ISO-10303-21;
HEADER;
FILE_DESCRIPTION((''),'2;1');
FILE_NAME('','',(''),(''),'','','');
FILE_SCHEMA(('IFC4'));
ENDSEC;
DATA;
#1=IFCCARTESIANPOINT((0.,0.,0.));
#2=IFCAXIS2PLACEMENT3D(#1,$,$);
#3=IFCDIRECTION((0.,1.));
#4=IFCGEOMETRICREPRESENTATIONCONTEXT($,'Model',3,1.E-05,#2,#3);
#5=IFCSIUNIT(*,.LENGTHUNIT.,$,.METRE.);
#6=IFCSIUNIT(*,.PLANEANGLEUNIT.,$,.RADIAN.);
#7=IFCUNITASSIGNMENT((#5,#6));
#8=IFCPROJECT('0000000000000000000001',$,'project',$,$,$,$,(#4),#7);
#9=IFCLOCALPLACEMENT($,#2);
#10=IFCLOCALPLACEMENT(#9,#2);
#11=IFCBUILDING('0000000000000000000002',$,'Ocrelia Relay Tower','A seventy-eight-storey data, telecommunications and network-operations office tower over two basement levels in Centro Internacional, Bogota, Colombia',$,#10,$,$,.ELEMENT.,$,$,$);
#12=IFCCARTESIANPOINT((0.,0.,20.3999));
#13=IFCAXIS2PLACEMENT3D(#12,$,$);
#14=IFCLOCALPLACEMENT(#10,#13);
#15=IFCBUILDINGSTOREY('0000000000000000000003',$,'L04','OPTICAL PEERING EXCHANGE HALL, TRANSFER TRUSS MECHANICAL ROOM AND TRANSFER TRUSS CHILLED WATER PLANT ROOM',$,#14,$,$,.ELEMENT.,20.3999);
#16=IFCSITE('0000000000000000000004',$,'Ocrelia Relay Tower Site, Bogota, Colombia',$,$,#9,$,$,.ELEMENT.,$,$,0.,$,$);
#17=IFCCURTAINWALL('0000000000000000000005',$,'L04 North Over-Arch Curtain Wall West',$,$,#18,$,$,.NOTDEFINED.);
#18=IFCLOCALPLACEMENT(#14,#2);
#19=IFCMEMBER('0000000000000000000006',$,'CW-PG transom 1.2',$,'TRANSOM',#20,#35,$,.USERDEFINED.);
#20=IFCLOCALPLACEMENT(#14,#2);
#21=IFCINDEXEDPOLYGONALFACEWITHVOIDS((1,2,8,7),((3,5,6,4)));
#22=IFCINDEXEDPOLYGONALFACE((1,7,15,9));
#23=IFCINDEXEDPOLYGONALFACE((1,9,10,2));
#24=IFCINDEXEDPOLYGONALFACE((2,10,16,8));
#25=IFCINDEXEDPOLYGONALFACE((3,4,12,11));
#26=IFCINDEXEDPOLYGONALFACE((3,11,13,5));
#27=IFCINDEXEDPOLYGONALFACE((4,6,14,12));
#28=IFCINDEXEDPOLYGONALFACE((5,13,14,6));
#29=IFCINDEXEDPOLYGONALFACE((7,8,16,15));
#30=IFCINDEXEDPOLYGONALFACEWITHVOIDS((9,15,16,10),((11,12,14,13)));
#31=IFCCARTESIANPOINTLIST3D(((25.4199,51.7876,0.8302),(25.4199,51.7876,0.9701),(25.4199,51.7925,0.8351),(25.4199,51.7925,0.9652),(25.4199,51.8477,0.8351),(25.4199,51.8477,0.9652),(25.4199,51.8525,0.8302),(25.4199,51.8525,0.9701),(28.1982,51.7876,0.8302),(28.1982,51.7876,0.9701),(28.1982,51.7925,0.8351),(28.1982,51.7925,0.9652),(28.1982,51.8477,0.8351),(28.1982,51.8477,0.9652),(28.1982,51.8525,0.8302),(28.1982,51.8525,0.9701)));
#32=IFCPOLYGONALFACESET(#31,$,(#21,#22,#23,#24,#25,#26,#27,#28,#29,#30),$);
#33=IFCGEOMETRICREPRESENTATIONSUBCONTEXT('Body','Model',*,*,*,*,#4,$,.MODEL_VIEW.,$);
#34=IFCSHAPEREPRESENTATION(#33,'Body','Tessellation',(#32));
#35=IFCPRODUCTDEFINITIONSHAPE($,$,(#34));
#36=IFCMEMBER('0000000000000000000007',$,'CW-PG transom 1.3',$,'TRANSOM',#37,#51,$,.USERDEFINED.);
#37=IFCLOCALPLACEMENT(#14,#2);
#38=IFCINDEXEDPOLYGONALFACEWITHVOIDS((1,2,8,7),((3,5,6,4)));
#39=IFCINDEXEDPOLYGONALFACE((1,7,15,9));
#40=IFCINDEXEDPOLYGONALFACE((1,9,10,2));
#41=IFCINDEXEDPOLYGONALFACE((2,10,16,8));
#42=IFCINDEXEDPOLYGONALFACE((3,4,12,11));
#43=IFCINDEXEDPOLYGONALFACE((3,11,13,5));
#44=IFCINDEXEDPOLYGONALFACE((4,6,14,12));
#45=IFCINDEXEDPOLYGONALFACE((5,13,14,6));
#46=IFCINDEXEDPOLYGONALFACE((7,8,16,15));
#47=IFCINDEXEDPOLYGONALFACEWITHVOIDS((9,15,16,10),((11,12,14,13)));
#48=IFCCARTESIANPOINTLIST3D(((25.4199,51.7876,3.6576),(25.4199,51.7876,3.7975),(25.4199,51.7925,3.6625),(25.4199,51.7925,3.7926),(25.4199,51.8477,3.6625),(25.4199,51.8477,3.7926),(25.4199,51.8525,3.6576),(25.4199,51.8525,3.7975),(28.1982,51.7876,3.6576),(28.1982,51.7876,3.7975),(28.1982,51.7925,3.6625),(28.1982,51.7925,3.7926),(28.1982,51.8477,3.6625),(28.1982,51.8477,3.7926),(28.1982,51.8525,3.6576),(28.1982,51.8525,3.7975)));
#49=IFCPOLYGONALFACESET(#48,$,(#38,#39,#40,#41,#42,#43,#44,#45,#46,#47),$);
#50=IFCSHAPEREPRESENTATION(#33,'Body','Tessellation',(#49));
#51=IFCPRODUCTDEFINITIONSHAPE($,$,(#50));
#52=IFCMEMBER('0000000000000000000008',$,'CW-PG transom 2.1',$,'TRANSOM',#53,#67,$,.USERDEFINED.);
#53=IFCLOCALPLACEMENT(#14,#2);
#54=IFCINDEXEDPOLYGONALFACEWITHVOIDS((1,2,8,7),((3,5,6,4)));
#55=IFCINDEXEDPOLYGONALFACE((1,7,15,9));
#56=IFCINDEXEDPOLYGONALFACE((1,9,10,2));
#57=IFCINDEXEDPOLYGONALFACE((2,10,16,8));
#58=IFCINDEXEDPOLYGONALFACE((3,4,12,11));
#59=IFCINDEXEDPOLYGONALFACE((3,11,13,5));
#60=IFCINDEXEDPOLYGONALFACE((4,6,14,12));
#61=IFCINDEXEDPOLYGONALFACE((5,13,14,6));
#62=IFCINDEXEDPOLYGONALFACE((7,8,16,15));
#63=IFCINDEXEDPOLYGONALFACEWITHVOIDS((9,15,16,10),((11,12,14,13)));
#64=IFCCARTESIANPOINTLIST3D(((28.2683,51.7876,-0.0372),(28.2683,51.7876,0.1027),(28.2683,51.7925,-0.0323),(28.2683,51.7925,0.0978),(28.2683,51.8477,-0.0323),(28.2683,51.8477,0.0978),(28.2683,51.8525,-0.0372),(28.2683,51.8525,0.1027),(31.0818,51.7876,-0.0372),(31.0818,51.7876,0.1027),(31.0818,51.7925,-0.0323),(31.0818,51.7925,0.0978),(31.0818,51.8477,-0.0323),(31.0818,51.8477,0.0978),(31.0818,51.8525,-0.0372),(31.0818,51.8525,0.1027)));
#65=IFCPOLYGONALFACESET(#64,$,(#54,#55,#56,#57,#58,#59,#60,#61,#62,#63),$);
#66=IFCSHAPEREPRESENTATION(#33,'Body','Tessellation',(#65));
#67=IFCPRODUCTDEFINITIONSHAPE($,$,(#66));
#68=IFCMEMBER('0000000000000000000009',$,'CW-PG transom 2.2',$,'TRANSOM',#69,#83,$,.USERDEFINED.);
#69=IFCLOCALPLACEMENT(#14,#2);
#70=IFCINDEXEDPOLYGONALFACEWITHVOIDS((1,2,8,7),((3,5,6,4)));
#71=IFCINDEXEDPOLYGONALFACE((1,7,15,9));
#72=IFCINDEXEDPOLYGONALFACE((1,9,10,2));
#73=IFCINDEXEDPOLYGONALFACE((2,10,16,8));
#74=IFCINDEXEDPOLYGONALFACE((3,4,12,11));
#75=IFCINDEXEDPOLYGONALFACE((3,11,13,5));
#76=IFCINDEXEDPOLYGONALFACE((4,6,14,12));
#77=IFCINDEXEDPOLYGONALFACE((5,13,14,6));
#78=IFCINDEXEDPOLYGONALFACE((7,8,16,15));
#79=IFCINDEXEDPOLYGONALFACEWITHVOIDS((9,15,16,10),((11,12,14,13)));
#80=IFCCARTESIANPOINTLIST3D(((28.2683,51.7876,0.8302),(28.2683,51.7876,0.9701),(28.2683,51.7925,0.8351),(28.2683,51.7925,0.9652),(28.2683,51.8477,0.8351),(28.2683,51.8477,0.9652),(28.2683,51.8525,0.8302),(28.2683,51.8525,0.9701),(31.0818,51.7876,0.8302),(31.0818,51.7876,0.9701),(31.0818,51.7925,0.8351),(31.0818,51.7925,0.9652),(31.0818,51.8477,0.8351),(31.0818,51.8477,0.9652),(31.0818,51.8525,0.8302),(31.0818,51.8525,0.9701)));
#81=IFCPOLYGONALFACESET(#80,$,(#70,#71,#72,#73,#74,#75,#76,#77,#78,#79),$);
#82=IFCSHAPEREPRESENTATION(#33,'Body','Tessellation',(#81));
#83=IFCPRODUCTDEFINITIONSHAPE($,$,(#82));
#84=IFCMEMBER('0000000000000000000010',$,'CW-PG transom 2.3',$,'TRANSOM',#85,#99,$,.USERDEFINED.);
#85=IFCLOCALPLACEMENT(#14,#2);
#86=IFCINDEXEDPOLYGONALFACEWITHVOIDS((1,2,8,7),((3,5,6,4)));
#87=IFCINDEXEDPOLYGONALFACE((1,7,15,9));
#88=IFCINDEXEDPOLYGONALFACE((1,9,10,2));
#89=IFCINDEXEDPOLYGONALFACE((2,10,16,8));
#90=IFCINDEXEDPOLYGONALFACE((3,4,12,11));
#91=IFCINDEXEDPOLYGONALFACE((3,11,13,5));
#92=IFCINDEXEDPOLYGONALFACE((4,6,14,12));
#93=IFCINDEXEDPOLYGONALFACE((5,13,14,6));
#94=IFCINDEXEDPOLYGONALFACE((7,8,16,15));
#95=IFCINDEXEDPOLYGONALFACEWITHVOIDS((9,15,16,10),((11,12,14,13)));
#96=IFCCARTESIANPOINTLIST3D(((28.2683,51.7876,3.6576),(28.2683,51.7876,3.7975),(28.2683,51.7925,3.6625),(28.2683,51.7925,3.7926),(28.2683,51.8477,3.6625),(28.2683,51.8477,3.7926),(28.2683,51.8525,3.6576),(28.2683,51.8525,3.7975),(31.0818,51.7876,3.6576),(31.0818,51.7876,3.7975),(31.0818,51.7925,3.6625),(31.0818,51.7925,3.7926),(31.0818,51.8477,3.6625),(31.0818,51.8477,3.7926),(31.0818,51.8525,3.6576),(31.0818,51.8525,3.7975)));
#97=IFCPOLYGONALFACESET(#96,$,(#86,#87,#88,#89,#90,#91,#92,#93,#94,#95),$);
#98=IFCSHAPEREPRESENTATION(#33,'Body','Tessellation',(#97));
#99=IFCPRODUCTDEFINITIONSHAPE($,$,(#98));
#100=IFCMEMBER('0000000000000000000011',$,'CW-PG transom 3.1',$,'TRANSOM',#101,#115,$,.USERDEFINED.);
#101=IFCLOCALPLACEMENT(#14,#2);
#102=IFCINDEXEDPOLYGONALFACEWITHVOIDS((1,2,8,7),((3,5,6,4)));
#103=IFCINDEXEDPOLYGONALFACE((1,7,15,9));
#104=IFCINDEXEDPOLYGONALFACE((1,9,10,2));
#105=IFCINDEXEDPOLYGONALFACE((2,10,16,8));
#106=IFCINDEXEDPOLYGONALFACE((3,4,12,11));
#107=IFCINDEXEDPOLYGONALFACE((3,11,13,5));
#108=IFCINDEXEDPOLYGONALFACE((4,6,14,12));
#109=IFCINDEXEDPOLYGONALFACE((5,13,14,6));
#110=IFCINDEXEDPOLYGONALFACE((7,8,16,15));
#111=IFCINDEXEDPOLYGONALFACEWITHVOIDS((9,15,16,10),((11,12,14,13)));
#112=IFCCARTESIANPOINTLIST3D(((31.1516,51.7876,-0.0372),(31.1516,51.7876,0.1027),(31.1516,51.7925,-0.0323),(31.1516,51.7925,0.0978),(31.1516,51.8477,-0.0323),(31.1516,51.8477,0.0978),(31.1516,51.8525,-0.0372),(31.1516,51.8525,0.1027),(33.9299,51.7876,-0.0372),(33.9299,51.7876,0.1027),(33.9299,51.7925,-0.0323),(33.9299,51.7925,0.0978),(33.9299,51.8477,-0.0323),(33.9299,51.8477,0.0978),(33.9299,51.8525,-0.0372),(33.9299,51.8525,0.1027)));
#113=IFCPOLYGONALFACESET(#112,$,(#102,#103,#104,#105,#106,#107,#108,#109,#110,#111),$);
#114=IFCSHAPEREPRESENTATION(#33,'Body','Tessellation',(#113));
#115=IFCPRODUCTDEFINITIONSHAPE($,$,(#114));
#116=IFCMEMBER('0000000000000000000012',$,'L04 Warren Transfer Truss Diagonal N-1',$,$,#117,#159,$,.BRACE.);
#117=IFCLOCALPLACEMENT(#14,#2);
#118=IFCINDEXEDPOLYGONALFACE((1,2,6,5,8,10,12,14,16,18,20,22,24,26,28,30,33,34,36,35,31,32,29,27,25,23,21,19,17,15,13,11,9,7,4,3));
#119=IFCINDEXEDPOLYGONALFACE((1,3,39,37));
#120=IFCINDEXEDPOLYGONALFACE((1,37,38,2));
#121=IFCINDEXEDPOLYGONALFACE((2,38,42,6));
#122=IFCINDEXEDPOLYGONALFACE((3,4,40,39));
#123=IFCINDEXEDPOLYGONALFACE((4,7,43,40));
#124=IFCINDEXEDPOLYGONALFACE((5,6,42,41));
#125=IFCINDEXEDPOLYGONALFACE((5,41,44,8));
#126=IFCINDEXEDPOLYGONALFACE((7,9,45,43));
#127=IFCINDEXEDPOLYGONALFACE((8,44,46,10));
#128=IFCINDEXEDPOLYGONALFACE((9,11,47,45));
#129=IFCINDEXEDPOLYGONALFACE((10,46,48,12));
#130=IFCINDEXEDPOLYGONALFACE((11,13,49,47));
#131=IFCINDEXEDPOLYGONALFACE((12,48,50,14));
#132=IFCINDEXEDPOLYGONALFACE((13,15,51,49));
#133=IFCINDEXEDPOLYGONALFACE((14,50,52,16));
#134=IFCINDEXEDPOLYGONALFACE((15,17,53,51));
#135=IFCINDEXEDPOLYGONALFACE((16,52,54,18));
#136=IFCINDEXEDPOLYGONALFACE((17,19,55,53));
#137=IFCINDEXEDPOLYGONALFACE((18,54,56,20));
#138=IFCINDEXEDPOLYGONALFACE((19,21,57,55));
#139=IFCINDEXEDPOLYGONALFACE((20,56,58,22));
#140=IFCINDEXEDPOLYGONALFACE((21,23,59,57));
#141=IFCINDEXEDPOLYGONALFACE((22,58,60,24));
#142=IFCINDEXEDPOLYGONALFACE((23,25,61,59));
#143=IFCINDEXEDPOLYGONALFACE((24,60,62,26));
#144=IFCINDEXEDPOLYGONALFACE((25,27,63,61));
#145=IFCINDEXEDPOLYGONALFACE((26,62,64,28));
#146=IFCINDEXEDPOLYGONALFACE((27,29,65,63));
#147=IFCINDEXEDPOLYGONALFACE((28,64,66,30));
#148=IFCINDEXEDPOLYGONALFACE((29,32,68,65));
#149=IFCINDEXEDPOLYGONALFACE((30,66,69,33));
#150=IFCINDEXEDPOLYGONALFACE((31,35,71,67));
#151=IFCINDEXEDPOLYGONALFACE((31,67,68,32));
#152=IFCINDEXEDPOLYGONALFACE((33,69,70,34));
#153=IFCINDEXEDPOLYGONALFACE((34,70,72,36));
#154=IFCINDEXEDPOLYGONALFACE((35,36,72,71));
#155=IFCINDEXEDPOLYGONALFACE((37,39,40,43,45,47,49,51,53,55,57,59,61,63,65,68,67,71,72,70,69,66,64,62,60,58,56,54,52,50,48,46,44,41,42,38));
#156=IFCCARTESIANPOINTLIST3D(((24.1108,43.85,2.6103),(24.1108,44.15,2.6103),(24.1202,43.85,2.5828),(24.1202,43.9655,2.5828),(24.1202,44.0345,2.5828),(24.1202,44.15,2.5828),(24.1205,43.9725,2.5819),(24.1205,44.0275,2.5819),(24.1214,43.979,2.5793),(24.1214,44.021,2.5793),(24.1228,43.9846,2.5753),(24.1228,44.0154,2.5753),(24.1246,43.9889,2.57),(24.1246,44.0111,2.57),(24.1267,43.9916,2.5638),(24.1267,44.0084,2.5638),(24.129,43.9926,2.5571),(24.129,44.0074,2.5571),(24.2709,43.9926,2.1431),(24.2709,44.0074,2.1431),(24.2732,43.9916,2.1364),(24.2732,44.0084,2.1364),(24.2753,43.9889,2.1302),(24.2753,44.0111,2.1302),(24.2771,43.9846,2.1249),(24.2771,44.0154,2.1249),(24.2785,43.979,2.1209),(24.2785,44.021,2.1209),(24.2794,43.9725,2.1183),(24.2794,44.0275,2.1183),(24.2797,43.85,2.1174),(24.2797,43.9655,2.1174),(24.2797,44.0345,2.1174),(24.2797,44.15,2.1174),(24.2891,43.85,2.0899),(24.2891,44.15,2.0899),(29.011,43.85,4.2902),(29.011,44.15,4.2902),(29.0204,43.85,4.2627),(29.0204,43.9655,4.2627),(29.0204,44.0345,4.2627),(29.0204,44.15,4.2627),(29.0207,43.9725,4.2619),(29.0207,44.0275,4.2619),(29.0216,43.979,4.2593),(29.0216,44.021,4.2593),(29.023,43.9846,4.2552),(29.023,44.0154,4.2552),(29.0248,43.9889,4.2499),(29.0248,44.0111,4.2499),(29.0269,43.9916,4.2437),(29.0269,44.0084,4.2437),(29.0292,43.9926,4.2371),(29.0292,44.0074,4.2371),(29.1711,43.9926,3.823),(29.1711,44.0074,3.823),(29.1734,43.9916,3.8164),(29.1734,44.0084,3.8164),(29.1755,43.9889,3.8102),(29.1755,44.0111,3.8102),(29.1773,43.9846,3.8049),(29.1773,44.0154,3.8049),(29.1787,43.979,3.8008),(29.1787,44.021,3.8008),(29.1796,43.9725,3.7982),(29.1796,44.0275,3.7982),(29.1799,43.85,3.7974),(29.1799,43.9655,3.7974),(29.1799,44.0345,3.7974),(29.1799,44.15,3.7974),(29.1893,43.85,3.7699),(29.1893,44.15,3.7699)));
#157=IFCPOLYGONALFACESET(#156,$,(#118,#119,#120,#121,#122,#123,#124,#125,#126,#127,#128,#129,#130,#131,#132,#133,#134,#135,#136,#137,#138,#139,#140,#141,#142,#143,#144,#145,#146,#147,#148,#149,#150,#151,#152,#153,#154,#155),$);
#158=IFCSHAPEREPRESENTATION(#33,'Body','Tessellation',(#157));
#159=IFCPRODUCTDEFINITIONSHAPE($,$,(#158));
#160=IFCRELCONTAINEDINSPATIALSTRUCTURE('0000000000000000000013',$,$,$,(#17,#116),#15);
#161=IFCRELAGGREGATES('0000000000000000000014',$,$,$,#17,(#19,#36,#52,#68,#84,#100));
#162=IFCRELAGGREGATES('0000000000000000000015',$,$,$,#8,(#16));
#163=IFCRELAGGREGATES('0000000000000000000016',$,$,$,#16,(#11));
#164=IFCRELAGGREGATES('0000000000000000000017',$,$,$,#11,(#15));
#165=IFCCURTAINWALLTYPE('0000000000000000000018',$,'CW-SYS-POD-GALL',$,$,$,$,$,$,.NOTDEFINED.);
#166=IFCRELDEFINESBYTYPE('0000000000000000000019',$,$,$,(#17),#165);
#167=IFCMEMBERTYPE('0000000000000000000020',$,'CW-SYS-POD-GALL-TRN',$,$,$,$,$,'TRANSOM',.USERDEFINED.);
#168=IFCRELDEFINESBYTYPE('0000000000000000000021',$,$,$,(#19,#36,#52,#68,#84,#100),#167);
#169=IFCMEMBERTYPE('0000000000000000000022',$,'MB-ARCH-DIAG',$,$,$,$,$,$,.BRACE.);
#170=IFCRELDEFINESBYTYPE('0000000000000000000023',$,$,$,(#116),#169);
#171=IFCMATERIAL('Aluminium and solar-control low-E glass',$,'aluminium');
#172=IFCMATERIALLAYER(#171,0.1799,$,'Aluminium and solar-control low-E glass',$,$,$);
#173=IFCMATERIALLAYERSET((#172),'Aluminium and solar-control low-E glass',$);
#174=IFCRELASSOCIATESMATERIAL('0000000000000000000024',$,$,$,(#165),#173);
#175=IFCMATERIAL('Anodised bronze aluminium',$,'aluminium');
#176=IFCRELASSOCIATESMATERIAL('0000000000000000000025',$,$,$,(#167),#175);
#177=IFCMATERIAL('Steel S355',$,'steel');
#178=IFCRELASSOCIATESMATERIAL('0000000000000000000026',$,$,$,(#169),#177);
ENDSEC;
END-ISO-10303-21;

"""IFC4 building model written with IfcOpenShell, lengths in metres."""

from ifc_helpers import new_model, si_unit, direction, frame, origin, origin_2d, place, context, subcontext, project, spatial, hollow_rectangle, i_section, extrude, material, layer, layer_set, material_profile, profile_set, type_object, element, aggregate, save


model = new_model("IFC4")

# Units and contexts
model_context = context("Model", 3, precision=1e-05, world=origin(), true_north=direction((0.0, 1.0)))
body_context = subcontext(model_context, "Body", "Model", "MODEL_VIEW")
ifc_project = project(units=[si_unit("LENGTHUNIT", "METRE"), si_unit("PLANEANGLEUNIT", "RADIAN")], contexts=[model_context])

# Site, building, storey
site_placement = place(None, origin())
site = spatial("IfcSite", under=ifc_project, at=site_placement, Name="Ocrelia Relay Tower Site, Bogota, Colombia", CompositionType="ELEMENT", RefElevation=0.0)
building_placement = place(site_placement, origin())
building = spatial("IfcBuilding", under=site, at=building_placement, Name="Ocrelia Relay Tower", Description="A seventy-eight-storey data, telecommunications and network-operations office tower over two basement levels in Centro Internacional, Bogota, Colombia", CompositionType="ELEMENT")
storey_placement = place(building_placement, frame((0.0, 0.0, 20.3999)))
storey = spatial("IfcBuildingStorey", under=building, at=storey_placement, Name="L04", Description="OPTICAL PEERING EXCHANGE HALL, TRANSFER TRUSS MECHANICAL ROOM AND TRANSFER TRUSS CHILLED WATER PLANT ROOM", CompositionType="ELEMENT", Elevation=20.3999)

# Shared definitions
ifc_material_1 = material(Name="Steel S355", Category="steel")

# Curtain wall, members
ifc_material_2 = material(Name="Aluminium and solar-control low-E glass", Category="aluminium")
ifc_layer_1 = layer(ifc_material_2, 0.1799, Name="Aluminium and solar-control low-E glass")
ifc_layer_set_1 = layer_set([ifc_layer_1], Name="Aluminium and solar-control low-E glass")
curtain_wall_type = type_object("IfcCurtainWallType", Name="CW-SYS-POD-GALL", PredefinedType="NOTDEFINED", material=ifc_layer_set_1)
curtain_wall_placement = place(storey_placement, origin())
curtain_wall = element("IfcCurtainWall", 1, at=curtain_wall_placement, inside=storey, type_object=curtain_wall_type, Name="L04 North Over-Arch Curtain Wall West", PredefinedType="NOTDEFINED")
ifc_material_3 = material(Name="Anodised bronze aluminium", Category="aluminium")
ifc_material_profile_1 = material_profile(ifc_material_3, hollow_rectangle(XDim=0.0649, YDim=0.1399, WallThickness=0.0049, at=origin_2d()), Name="CW-TRN-140x65")
ifc_profile_set_1 = profile_set([ifc_material_profile_1], Name="Anodised bronze aluminium")
member_type_1 = type_object("IfcMemberType", Name="CW-SYS-POD-GALL-TRN", ElementType="TRANSOM", PredefinedType="USERDEFINED", material=ifc_profile_set_1)
member_1_placement = place(storey_placement, frame((25.4199, 51.8201, 0.9001), z_axis=(1.0, 0.0, 0.0), x_axis=(0.0, 1.0, 0.0)))
member_1 = element("IfcMember", 2, at=member_1_placement, type_object=member_type_1, Name="CW-PG transom 1.2", ObjectType="TRANSOM", PredefinedType="USERDEFINED", context=body_context, shape_type="SweptSolid", body=[
    extrude(hollow_rectangle(XDim=0.0649, YDim=0.1399, WallThickness=0.0049, at=origin_2d()), origin(), (0.0, 0.0, 1.0), 2.7783),
])
member_2_placement = place(storey_placement, frame((25.4199, 51.8201, 3.7275), z_axis=(1.0, 0.0, 0.0), x_axis=(0.0, 1.0, 0.0)))
member_2 = element("IfcMember", 3, at=member_2_placement, type_object=member_type_1, Name="CW-PG transom 1.3", ObjectType="TRANSOM", PredefinedType="USERDEFINED", context=body_context, shape_type="SweptSolid", body=[
    extrude(hollow_rectangle(XDim=0.0649, YDim=0.1399, WallThickness=0.0049, at=origin_2d()), origin(), (0.0, 0.0, 1.0), 2.7783),
])
member_3_placement = place(storey_placement, frame((28.2683, 51.8201, 0.0327), z_axis=(1.0, 0.0, 0.0), x_axis=(0.0, 1.0, 0.0)))
member_3 = element("IfcMember", 4, at=member_3_placement, type_object=member_type_1, Name="CW-PG transom 2.1", ObjectType="TRANSOM", PredefinedType="USERDEFINED", context=body_context, shape_type="SweptSolid", body=[
    extrude(hollow_rectangle(XDim=0.0649, YDim=0.1399, WallThickness=0.0049, at=origin_2d()), origin(), (0.0, 0.0, 1.0), 2.8135),
])
member_4_placement = place(storey_placement, frame((28.2683, 51.8201, 0.9001), z_axis=(1.0, 0.0, 0.0), x_axis=(0.0, 1.0, 0.0)))
member_4 = element("IfcMember", 5, at=member_4_placement, type_object=member_type_1, Name="CW-PG transom 2.2", ObjectType="TRANSOM", PredefinedType="USERDEFINED", context=body_context, shape_type="SweptSolid", body=[
    extrude(hollow_rectangle(XDim=0.0649, YDim=0.1399, WallThickness=0.0049, at=origin_2d()), origin(), (0.0, 0.0, 1.0), 2.8135),
])
member_5_placement = place(storey_placement, frame((28.2683, 51.8201, 3.7275), z_axis=(1.0, 0.0, 0.0), x_axis=(0.0, 1.0, 0.0)))
member_5 = element("IfcMember", 6, at=member_5_placement, type_object=member_type_1, Name="CW-PG transom 2.3", ObjectType="TRANSOM", PredefinedType="USERDEFINED", context=body_context, shape_type="SweptSolid", body=[
    extrude(hollow_rectangle(XDim=0.0649, YDim=0.1399, WallThickness=0.0049, at=origin_2d()), origin(), (0.0, 0.0, 1.0), 2.8135),
])
member_6_placement = place(storey_placement, frame((31.1516, 51.8201, 0.0327), z_axis=(1.0, 0.0, 0.0), x_axis=(0.0, 1.0, 0.0)))
member_6 = element("IfcMember", 7, at=member_6_placement, type_object=member_type_1, Name="CW-PG transom 3.1", ObjectType="TRANSOM", PredefinedType="USERDEFINED", context=body_context, shape_type="SweptSolid", body=[
    extrude(hollow_rectangle(XDim=0.0649, YDim=0.1399, WallThickness=0.0049, at=origin_2d()), origin(), (0.0, 0.0, 1.0), 2.7783),
])

# Member
ifc_material_profile_2 = material_profile(ifc_material_1, i_section(OverallWidth=0.3, OverallDepth=0.55, WebThickness=0.0149, FlangeThickness=0.0291, FilletRadius=0.0271, at=origin_2d()), Name="HEB 550")
ifc_profile_set_2 = profile_set([ifc_material_profile_2], Name="Steel S355")
member_type_2 = type_object("IfcMemberType", Name="MB-ARCH-DIAG", PredefinedType="BRACE", material=ifc_profile_set_2)
member_7_placement = place(storey_placement, frame((24.2, 44.0, 2.3501), z_axis=(0.945953, 0.0, 0.324304), x_axis=(0.0, 1.0, 0.0)))
element("IfcMember", 8, at=member_7_placement, inside=storey, type_object=member_type_2, Name="L04 Warren Transfer Truss Diagonal N-1", PredefinedType="BRACE", context=body_context, shape_type="SweptSolid", body=[
    extrude(i_section(OverallWidth=0.3, OverallDepth=0.55, WebThickness=0.0149, FlangeThickness=0.0291, FilletRadius=0.0271, at=origin_2d()), origin(), (0.0, 0.0, 1.0), 5.1802),
])

aggregate(curtain_wall, [member_1, member_2, member_3, member_4, member_5, member_6])

save(model, "model.ifc")
